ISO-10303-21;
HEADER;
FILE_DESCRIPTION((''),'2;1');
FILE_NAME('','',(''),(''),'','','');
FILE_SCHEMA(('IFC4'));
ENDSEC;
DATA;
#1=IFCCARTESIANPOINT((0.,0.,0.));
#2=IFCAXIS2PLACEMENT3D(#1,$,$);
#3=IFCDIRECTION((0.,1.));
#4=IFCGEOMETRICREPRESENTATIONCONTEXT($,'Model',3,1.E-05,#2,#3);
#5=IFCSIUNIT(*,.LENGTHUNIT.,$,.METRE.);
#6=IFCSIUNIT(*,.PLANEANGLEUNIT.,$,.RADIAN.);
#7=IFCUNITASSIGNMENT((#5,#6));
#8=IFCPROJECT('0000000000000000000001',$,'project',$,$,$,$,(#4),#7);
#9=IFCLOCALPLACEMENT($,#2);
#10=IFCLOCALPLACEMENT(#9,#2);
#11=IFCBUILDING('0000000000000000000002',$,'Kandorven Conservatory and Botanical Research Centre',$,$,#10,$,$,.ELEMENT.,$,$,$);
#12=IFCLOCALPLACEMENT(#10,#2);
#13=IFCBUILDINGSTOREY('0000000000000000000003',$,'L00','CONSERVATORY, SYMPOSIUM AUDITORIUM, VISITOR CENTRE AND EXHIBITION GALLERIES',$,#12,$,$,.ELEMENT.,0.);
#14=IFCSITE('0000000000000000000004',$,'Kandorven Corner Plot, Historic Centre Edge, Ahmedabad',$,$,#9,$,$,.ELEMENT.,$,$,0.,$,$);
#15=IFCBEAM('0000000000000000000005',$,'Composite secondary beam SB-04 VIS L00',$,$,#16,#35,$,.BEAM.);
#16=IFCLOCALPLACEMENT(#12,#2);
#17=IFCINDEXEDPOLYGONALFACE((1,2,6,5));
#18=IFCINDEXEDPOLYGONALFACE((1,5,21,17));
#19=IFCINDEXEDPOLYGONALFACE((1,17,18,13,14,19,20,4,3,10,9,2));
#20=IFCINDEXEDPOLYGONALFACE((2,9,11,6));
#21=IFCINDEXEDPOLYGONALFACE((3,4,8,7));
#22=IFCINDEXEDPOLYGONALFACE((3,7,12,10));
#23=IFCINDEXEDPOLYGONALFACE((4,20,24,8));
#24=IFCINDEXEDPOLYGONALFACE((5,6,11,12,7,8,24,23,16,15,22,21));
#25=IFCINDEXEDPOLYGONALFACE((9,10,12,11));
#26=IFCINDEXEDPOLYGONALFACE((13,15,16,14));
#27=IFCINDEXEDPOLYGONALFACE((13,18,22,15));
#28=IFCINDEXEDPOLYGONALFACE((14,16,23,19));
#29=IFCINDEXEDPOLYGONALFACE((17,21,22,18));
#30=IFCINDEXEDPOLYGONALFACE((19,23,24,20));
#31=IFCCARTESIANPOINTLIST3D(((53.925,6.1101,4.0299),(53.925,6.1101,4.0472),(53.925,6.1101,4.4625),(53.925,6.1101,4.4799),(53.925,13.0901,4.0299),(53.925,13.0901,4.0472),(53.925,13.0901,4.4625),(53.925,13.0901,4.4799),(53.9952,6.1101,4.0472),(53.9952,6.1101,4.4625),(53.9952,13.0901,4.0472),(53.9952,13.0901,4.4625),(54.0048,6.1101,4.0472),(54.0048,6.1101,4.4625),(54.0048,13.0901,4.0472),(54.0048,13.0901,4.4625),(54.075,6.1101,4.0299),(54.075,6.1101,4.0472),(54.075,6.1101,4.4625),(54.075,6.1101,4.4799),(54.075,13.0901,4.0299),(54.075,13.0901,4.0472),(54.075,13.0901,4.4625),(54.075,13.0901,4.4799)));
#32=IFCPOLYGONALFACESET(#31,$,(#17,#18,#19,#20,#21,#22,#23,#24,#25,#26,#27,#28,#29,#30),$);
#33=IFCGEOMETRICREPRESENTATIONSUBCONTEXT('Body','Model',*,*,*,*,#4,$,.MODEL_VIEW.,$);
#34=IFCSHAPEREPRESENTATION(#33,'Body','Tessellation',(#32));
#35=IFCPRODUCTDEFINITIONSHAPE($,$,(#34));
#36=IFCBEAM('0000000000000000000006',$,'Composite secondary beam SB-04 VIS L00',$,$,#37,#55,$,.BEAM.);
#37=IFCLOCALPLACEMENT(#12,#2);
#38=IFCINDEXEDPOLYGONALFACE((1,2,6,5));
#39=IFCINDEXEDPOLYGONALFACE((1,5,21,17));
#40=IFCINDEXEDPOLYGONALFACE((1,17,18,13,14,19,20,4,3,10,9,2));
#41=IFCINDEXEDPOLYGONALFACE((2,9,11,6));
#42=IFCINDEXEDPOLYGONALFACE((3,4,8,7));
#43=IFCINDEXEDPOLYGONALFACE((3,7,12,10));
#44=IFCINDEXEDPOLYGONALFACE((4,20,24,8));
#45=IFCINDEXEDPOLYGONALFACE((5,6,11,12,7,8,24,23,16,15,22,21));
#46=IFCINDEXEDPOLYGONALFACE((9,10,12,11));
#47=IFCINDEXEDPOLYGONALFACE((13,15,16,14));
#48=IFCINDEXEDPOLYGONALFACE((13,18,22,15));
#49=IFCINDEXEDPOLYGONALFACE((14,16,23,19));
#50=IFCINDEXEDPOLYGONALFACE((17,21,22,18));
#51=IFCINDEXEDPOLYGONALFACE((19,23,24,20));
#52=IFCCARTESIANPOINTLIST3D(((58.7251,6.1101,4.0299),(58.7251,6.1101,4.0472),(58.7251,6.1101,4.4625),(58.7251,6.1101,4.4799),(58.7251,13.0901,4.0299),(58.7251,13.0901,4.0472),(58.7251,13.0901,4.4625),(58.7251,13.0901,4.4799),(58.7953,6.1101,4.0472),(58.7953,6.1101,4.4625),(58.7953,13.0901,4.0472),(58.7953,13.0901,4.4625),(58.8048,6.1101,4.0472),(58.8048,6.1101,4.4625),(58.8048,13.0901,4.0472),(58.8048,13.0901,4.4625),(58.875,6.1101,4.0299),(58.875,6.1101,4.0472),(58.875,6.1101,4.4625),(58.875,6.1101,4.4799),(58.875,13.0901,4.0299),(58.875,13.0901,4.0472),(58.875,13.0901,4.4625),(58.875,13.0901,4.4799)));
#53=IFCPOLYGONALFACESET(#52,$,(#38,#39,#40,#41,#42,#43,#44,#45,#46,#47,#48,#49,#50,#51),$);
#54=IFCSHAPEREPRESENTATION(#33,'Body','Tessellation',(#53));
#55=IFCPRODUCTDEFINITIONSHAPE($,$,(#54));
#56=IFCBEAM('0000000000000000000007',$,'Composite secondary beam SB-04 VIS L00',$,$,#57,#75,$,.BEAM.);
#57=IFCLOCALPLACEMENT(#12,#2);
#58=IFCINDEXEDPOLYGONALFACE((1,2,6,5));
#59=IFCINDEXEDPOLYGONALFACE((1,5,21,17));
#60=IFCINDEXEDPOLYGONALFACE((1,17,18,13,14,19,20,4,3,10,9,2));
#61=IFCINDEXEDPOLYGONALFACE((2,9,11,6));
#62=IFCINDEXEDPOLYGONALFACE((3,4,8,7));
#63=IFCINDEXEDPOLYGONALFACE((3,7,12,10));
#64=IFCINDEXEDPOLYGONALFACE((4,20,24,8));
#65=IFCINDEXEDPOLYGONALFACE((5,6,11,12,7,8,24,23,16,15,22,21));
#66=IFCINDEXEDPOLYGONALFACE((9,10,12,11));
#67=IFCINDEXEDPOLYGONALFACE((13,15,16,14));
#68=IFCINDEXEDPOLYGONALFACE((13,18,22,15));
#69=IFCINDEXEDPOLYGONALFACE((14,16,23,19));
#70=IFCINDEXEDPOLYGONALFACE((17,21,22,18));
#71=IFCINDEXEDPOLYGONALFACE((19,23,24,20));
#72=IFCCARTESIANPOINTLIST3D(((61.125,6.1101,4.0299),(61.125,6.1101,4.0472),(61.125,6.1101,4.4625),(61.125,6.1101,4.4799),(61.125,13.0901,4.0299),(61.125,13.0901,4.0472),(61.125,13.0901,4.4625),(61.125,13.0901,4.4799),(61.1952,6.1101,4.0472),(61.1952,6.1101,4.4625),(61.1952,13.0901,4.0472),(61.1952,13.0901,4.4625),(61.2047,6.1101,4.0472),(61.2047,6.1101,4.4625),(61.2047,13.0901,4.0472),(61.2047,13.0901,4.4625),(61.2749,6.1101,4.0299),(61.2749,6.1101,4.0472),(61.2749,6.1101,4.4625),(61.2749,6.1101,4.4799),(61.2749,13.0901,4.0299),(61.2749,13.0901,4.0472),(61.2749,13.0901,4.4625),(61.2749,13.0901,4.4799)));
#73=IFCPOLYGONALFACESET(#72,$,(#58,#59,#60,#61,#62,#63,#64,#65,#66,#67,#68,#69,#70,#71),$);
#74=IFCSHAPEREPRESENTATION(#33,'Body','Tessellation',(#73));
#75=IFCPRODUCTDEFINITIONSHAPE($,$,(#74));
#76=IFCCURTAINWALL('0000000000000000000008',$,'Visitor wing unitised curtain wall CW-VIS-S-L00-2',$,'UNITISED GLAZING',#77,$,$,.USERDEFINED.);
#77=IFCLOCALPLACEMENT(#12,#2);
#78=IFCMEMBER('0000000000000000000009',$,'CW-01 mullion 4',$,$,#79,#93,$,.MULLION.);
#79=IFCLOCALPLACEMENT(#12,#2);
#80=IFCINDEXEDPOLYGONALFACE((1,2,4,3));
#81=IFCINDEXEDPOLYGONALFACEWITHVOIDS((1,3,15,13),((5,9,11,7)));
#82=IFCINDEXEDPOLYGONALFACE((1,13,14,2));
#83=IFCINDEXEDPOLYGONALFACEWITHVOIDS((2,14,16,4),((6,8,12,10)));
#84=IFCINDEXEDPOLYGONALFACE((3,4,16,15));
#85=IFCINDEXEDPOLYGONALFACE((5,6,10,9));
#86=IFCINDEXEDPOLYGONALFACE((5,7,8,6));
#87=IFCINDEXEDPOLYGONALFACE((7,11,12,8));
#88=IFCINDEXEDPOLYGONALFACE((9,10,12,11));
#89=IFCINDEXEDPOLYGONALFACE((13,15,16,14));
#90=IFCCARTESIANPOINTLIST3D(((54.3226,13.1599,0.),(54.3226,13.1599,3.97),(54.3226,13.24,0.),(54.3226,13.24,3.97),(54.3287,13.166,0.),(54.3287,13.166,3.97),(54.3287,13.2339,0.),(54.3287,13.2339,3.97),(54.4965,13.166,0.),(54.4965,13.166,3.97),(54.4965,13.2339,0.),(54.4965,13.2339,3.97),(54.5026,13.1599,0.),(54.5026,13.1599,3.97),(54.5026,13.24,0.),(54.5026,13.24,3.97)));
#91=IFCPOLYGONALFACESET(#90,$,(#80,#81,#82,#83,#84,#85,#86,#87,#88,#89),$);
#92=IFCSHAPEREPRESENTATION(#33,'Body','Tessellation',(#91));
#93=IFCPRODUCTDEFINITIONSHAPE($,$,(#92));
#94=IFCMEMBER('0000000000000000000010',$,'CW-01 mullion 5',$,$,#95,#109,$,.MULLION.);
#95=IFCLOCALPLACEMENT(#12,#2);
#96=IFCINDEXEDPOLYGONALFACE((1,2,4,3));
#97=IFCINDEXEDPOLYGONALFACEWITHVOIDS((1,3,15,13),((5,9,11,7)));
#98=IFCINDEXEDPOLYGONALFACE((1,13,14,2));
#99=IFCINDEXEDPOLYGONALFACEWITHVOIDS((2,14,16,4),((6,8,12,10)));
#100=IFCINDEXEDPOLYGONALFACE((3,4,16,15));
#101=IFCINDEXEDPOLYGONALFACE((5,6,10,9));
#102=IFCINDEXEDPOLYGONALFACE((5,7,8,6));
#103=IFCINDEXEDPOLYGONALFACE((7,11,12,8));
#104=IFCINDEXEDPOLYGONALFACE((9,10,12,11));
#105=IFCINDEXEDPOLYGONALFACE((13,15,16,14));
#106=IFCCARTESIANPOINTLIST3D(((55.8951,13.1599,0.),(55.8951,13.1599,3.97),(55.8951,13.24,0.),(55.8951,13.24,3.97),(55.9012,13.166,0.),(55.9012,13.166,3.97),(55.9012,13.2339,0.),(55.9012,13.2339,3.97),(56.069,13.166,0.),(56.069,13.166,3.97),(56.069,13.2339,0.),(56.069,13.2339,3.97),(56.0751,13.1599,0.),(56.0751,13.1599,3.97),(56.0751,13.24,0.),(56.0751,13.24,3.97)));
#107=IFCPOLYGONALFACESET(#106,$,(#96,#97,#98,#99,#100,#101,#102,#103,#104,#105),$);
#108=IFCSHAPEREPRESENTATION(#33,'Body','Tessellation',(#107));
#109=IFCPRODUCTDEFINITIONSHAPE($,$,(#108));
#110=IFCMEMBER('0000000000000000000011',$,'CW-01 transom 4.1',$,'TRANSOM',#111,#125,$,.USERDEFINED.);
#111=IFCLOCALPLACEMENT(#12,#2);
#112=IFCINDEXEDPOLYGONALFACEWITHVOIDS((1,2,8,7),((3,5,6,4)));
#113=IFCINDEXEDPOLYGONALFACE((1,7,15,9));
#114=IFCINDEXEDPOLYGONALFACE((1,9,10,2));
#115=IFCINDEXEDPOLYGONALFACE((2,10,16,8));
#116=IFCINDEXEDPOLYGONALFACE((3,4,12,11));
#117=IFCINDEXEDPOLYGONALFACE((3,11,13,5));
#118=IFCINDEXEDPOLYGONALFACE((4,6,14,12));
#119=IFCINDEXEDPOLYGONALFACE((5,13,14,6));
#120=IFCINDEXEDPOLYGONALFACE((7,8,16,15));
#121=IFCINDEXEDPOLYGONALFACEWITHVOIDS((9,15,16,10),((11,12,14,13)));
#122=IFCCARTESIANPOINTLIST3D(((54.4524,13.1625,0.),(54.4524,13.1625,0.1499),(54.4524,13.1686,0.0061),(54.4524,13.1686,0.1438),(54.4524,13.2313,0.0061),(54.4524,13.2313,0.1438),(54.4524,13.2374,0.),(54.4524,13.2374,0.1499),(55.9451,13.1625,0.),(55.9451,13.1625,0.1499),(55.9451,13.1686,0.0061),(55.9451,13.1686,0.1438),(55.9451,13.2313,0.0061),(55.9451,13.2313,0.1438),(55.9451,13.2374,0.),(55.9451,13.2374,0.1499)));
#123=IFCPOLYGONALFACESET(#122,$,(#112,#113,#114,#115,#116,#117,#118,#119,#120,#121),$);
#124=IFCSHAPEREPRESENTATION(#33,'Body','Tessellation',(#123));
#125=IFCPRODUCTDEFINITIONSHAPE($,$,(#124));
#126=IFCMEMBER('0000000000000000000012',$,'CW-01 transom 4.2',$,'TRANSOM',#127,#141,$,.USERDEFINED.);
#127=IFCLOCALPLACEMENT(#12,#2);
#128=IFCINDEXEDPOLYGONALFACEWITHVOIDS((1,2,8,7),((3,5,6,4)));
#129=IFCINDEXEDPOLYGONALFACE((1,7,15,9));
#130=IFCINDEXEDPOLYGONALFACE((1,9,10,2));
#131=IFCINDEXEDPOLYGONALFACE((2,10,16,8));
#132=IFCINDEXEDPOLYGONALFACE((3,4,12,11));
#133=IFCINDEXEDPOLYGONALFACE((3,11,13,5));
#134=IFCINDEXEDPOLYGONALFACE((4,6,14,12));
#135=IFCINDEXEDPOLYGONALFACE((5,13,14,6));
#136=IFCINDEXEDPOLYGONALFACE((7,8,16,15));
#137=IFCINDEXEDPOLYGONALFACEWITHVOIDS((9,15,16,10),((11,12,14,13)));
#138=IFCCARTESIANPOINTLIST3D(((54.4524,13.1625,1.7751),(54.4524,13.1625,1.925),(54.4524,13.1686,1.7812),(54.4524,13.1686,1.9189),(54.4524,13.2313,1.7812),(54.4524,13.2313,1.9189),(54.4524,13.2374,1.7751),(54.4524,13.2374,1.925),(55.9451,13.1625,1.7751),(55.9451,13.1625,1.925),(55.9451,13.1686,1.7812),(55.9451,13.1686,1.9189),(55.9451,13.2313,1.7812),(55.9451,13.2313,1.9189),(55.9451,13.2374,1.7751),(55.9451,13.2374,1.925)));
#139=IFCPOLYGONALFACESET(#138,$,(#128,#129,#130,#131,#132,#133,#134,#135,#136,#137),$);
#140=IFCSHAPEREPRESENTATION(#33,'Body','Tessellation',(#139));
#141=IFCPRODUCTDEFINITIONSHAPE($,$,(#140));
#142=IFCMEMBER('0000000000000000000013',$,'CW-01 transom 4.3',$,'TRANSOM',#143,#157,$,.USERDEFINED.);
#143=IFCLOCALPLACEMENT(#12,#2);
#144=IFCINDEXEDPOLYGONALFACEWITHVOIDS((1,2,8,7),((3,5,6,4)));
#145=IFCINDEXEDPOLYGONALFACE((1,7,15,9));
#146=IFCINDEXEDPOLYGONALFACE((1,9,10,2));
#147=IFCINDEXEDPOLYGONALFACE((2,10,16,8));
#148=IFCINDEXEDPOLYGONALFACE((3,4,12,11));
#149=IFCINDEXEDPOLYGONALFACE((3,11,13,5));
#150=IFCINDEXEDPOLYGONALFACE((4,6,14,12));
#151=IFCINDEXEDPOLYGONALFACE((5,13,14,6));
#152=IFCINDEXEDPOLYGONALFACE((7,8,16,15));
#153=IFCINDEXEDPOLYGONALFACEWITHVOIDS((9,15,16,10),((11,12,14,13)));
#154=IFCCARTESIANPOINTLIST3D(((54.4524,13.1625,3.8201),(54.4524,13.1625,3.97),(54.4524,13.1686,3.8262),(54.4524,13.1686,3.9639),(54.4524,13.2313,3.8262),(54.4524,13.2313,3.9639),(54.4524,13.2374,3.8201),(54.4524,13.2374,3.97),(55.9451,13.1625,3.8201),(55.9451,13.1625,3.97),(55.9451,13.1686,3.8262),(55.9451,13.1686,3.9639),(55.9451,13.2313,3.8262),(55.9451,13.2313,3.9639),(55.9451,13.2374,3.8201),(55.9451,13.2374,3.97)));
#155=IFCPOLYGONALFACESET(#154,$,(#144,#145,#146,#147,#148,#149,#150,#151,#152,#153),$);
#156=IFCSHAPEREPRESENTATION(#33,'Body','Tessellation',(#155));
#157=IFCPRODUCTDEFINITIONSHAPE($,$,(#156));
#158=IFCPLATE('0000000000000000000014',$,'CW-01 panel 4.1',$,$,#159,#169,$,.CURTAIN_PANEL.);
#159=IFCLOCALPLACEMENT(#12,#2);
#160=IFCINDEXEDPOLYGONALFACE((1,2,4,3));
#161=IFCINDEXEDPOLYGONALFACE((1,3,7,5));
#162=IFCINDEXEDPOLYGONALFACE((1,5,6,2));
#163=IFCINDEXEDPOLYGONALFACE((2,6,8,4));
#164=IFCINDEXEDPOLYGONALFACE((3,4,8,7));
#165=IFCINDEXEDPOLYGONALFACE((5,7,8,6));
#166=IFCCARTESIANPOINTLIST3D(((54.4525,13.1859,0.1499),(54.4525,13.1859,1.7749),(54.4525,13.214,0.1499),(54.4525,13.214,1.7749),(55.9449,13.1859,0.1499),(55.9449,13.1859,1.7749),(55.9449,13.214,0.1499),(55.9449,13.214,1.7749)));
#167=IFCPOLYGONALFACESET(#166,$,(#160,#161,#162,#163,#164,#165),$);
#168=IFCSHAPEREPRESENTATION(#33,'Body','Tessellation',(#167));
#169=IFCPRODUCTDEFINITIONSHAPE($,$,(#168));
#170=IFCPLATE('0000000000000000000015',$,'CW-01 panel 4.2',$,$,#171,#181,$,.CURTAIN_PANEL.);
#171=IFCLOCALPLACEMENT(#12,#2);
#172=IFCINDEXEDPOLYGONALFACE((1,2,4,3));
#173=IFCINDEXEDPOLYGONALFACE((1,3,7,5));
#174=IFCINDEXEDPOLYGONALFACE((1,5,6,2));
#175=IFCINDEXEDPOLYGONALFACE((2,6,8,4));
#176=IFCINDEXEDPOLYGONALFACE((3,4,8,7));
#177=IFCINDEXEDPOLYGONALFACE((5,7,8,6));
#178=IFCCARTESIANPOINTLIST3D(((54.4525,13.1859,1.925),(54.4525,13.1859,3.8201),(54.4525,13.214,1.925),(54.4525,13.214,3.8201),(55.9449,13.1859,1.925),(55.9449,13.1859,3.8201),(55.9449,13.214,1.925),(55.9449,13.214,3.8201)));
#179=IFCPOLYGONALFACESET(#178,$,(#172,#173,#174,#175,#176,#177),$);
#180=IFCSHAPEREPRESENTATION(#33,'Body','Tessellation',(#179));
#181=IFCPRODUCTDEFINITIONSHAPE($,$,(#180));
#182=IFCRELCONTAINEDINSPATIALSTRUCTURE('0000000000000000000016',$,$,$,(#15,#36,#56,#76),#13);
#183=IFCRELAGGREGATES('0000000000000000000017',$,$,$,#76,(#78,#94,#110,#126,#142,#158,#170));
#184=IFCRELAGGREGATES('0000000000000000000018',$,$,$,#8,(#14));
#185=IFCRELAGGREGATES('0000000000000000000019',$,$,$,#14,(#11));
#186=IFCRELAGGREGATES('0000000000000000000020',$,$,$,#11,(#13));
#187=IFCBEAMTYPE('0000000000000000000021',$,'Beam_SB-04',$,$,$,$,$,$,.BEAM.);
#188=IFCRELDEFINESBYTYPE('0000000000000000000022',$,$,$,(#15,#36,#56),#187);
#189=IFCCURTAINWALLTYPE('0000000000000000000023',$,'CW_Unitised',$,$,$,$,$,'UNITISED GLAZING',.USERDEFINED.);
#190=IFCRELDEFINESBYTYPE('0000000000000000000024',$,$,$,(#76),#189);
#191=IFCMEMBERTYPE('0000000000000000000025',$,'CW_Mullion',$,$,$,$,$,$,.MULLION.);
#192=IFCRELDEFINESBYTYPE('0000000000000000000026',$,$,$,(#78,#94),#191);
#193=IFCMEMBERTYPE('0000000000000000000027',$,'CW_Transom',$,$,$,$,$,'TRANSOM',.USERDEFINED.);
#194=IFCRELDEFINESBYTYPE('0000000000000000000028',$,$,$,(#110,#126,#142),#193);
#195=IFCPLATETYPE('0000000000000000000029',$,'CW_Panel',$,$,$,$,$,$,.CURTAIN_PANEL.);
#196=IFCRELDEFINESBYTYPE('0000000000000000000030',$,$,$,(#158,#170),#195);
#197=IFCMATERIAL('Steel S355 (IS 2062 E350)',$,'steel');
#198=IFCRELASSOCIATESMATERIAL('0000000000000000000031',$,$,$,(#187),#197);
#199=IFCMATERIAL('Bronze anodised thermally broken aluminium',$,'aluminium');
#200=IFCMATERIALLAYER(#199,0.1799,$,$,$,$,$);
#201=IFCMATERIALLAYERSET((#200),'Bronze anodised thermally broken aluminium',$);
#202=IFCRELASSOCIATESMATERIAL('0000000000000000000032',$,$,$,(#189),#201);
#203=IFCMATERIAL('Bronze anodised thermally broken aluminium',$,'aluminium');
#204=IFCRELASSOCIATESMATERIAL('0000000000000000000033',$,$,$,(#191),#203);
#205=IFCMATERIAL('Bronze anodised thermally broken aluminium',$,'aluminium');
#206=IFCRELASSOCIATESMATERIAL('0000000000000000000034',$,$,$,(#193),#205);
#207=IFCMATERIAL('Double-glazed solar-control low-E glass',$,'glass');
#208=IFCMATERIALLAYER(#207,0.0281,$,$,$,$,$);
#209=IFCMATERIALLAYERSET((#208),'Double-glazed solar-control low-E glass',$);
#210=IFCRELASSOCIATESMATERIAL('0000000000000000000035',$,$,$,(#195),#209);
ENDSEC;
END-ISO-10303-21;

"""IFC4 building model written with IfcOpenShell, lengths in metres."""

from ifc_helpers import new_model, si_unit, direction, frame, origin, origin_2d, place, context, subcontext, project, spatial, rectangle, hollow_rectangle, i_section, extrude, material, layer, layer_set, material_profile, profile_set, type_object, element, aggregate, save


model = new_model("IFC4")

# Units and contexts
model_context = context("Model", 3, precision=1e-05, world=origin(), true_north=direction((0.0, 1.0)))
body_context = subcontext(model_context, "Body", "Model", "MODEL_VIEW")
ifc_project = project(units=[si_unit("LENGTHUNIT", "METRE"), si_unit("PLANEANGLEUNIT", "RADIAN")], contexts=[model_context])

# Site, building, storey
site_placement = place(None, origin())
site = spatial("IfcSite", under=ifc_project, at=site_placement, Name="Kandorven Corner Plot, Historic Centre Edge, Ahmedabad", CompositionType="ELEMENT", RefElevation=0.0)
building_placement = place(site_placement, origin())
building = spatial("IfcBuilding", under=site, at=building_placement, Name="Kandorven Conservatory and Botanical Research Centre", CompositionType="ELEMENT")
storey_placement = place(building_placement, origin())
storey = spatial("IfcBuildingStorey", under=building, at=storey_placement, Name="L00", Description="CONSERVATORY, SYMPOSIUM AUDITORIUM, VISITOR CENTRE AND EXHIBITION GALLERIES", CompositionType="ELEMENT", Elevation=0.0)

# Beams
ifc_material_1 = material(Name="Steel S355 (IS 2062 E350)", Category="steel")
ifc_material_profile_1 = material_profile(ifc_material_1, i_section(OverallWidth=0.1499, OverallDepth=0.45, WebThickness=0.0095, FlangeThickness=0.0173, at=origin_2d()))
ifc_profile_set_1 = profile_set([ifc_material_profile_1], Name="Steel S355 (IS 2062 E350)")
beam_type_1 = type_object("IfcBeamType", Name="Beam_SB-04", PredefinedType="BEAM", material=ifc_profile_set_1)
for number, where, z_axis, x_axis, name in (
    (1, (54.0, 6.1101, 4.2549), (0.0, 1.0, 0.0), (-1.0, 0.0, 0.0), "Composite secondary beam SB-04 VIS L00"),
    (2, (58.8, 6.1101, 4.2549), (0.0, 1.0, 0.0), (-1.0, 0.0, 0.0), "Composite secondary beam SB-04 VIS L00"),
    (3, (61.2, 6.1101, 4.2549), (0.0, 1.0, 0.0), (-1.0, 0.0, 0.0), "Composite secondary beam SB-04 VIS L00"),
):
    element("IfcBeam", number, at=place(storey_placement, frame(where, z_axis=z_axis, x_axis=x_axis)), inside=storey, type_object=beam_type_1, Name=name, PredefinedType="BEAM", context=body_context, shape_type="SweptSolid", body=[
        extrude(i_section(OverallWidth=0.1499, OverallDepth=0.45, WebThickness=0.0095, FlangeThickness=0.0173, at=origin_2d()), origin(), (0.0, 0.0, 1.0), 6.98),
    ])

# Curtain wall, members, plates
ifc_material_2 = material(Name="Bronze anodised thermally broken aluminium", Category="aluminium")
ifc_layer_1 = layer(ifc_material_2, 0.1799)
ifc_layer_set_1 = layer_set([ifc_layer_1], Name="Bronze anodised thermally broken aluminium")
curtain_wall_type = type_object("IfcCurtainWallType", Name="CW_Unitised", ElementType="UNITISED GLAZING", PredefinedType="USERDEFINED", material=ifc_layer_set_1)
curtain_wall_placement = place(storey_placement, origin())
curtain_wall = element("IfcCurtainWall", 4, at=curtain_wall_placement, inside=storey, type_object=curtain_wall_type, Name="Visitor wing unitised curtain wall CW-VIS-S-L00-2", ObjectType="UNITISED GLAZING", PredefinedType="USERDEFINED")
ifc_material_3 = material(Name="Bronze anodised thermally broken aluminium", Category="aluminium")
ifc_material_profile_2 = material_profile(ifc_material_3, hollow_rectangle(XDim=0.0801, YDim=0.1799, WallThickness=0.0061, at=origin_2d()))
ifc_profile_set_2 = profile_set([ifc_material_profile_2], Name="Bronze anodised thermally broken aluminium")
member_type_1 = type_object("IfcMemberType", Name="CW_Mullion", PredefinedType="MULLION", material=ifc_profile_set_2)
member_1_placement = place(storey_placement, frame((54.4126, 13.2, 0.0), z_axis=(0.0, 0.0, 1.0), x_axis=(0.0, 1.0, 0.0)))
member_1 = element("IfcMember", 5, at=member_1_placement, type_object=member_type_1, Name="CW-01 mullion 4", PredefinedType="MULLION", context=body_context, shape_type="SweptSolid", body=[
    extrude(hollow_rectangle(XDim=0.0801, YDim=0.1799, WallThickness=0.0061, at=origin_2d()), origin(), (0.0, 0.0, 1.0), 3.97),
])
member_2_placement = place(storey_placement, frame((55.9851, 13.2, 0.0), z_axis=(0.0, 0.0, 1.0), x_axis=(0.0, 1.0, 0.0)))
member_2 = element("IfcMember", 6, at=member_2_placement, type_object=member_type_1, Name="CW-01 mullion 5", PredefinedType="MULLION", context=body_context, shape_type="SweptSolid", body=[
    extrude(hollow_rectangle(XDim=0.0801, YDim=0.1799, WallThickness=0.0061, at=origin_2d()), origin(), (0.0, 0.0, 1.0), 3.97),
])
ifc_material_4 = material(Name="Bronze anodised thermally broken aluminium", Category="aluminium")
ifc_material_profile_3 = material_profile(ifc_material_4, hollow_rectangle(XDim=0.075, YDim=0.1499, WallThickness=0.0061, at=origin_2d()))
ifc_profile_set_3 = profile_set([ifc_material_profile_3], Name="Bronze anodised thermally broken aluminium")
member_type_2 = type_object("IfcMemberType", Name="CW_Transom", ElementType="TRANSOM", PredefinedType="USERDEFINED", material=ifc_profile_set_3)
member_3_placement = place(storey_placement, frame((54.4524, 13.2, 0.075), z_axis=(1.0, 0.0, 0.0), x_axis=(0.0, 1.0, 0.0)))
member_3 = element("IfcMember", 7, at=member_3_placement, type_object=member_type_2, Name="CW-01 transom 4.1", ObjectType="TRANSOM", PredefinedType="USERDEFINED", context=body_context, shape_type="SweptSolid", body=[
    extrude(hollow_rectangle(XDim=0.075, YDim=0.1499, WallThickness=0.0061, at=origin_2d()), origin(), (0.0, 0.0, 1.0), 1.4927),
])
member_4_placement = place(storey_placement, frame((54.4524, 13.2, 1.8501), z_axis=(1.0, 0.0, 0.0), x_axis=(0.0, 1.0, 0.0)))
member_4 = element("IfcMember", 8, at=member_4_placement, type_object=member_type_2, Name="CW-01 transom 4.2", ObjectType="TRANSOM", PredefinedType="USERDEFINED", context=body_context, shape_type="SweptSolid", body=[
    extrude(hollow_rectangle(XDim=0.075, YDim=0.1499, WallThickness=0.0061, at=origin_2d()), origin(), (0.0, 0.0, 1.0), 1.4927),
])
member_5_placement = place(storey_placement, frame((54.4524, 13.2, 3.895), z_axis=(1.0, 0.0, 0.0), x_axis=(0.0, 1.0, 0.0)))
member_5 = element("IfcMember", 9, at=member_5_placement, type_object=member_type_2, Name="CW-01 transom 4.3", ObjectType="TRANSOM", PredefinedType="USERDEFINED", context=body_context, shape_type="SweptSolid", body=[
    extrude(hollow_rectangle(XDim=0.075, YDim=0.1499, WallThickness=0.0061, at=origin_2d()), origin(), (0.0, 0.0, 1.0), 1.4927),
])
ifc_material_5 = material(Name="Double-glazed solar-control low-E glass", Category="glass")
ifc_layer_2 = layer(ifc_material_5, 0.0281)
ifc_layer_set_2 = layer_set([ifc_layer_2], Name="Double-glazed solar-control low-E glass")
plate_type = type_object("IfcPlateType", Name="CW_Panel", PredefinedType="CURTAIN_PANEL", material=ifc_layer_set_2)
plate_1_placement = place(storey_placement, frame((55.1987, 13.2, 0.1499), z_axis=(0.0, 0.0, 1.0), x_axis=(1.0, 0.0, 0.0)))
plate_1 = element("IfcPlate", 10, at=plate_1_placement, type_object=plate_type, Name="CW-01 panel 4.1", PredefinedType="CURTAIN_PANEL", context=body_context, shape_type="SweptSolid", body=[
    extrude(rectangle(XDim=1.4924, YDim=0.0281, at=origin_2d()), origin(), (0.0, 0.0, 1.0), 1.625),
])
plate_2_placement = place(storey_placement, frame((55.1987, 13.2, 1.925), z_axis=(0.0, 0.0, 1.0), x_axis=(1.0, 0.0, 0.0)))
plate_2 = element("IfcPlate", 11, at=plate_2_placement, type_object=plate_type, Name="CW-01 panel 4.2", PredefinedType="CURTAIN_PANEL", context=body_context, shape_type="SweptSolid", body=[
    extrude(rectangle(XDim=1.4924, YDim=0.0281, at=origin_2d()), origin(), (0.0, 0.0, 1.0), 1.895),
])
aggregate(curtain_wall, [member_1, member_2, member_3, member_4, member_5, plate_1, plate_2])

save(model, "model.ifc")
